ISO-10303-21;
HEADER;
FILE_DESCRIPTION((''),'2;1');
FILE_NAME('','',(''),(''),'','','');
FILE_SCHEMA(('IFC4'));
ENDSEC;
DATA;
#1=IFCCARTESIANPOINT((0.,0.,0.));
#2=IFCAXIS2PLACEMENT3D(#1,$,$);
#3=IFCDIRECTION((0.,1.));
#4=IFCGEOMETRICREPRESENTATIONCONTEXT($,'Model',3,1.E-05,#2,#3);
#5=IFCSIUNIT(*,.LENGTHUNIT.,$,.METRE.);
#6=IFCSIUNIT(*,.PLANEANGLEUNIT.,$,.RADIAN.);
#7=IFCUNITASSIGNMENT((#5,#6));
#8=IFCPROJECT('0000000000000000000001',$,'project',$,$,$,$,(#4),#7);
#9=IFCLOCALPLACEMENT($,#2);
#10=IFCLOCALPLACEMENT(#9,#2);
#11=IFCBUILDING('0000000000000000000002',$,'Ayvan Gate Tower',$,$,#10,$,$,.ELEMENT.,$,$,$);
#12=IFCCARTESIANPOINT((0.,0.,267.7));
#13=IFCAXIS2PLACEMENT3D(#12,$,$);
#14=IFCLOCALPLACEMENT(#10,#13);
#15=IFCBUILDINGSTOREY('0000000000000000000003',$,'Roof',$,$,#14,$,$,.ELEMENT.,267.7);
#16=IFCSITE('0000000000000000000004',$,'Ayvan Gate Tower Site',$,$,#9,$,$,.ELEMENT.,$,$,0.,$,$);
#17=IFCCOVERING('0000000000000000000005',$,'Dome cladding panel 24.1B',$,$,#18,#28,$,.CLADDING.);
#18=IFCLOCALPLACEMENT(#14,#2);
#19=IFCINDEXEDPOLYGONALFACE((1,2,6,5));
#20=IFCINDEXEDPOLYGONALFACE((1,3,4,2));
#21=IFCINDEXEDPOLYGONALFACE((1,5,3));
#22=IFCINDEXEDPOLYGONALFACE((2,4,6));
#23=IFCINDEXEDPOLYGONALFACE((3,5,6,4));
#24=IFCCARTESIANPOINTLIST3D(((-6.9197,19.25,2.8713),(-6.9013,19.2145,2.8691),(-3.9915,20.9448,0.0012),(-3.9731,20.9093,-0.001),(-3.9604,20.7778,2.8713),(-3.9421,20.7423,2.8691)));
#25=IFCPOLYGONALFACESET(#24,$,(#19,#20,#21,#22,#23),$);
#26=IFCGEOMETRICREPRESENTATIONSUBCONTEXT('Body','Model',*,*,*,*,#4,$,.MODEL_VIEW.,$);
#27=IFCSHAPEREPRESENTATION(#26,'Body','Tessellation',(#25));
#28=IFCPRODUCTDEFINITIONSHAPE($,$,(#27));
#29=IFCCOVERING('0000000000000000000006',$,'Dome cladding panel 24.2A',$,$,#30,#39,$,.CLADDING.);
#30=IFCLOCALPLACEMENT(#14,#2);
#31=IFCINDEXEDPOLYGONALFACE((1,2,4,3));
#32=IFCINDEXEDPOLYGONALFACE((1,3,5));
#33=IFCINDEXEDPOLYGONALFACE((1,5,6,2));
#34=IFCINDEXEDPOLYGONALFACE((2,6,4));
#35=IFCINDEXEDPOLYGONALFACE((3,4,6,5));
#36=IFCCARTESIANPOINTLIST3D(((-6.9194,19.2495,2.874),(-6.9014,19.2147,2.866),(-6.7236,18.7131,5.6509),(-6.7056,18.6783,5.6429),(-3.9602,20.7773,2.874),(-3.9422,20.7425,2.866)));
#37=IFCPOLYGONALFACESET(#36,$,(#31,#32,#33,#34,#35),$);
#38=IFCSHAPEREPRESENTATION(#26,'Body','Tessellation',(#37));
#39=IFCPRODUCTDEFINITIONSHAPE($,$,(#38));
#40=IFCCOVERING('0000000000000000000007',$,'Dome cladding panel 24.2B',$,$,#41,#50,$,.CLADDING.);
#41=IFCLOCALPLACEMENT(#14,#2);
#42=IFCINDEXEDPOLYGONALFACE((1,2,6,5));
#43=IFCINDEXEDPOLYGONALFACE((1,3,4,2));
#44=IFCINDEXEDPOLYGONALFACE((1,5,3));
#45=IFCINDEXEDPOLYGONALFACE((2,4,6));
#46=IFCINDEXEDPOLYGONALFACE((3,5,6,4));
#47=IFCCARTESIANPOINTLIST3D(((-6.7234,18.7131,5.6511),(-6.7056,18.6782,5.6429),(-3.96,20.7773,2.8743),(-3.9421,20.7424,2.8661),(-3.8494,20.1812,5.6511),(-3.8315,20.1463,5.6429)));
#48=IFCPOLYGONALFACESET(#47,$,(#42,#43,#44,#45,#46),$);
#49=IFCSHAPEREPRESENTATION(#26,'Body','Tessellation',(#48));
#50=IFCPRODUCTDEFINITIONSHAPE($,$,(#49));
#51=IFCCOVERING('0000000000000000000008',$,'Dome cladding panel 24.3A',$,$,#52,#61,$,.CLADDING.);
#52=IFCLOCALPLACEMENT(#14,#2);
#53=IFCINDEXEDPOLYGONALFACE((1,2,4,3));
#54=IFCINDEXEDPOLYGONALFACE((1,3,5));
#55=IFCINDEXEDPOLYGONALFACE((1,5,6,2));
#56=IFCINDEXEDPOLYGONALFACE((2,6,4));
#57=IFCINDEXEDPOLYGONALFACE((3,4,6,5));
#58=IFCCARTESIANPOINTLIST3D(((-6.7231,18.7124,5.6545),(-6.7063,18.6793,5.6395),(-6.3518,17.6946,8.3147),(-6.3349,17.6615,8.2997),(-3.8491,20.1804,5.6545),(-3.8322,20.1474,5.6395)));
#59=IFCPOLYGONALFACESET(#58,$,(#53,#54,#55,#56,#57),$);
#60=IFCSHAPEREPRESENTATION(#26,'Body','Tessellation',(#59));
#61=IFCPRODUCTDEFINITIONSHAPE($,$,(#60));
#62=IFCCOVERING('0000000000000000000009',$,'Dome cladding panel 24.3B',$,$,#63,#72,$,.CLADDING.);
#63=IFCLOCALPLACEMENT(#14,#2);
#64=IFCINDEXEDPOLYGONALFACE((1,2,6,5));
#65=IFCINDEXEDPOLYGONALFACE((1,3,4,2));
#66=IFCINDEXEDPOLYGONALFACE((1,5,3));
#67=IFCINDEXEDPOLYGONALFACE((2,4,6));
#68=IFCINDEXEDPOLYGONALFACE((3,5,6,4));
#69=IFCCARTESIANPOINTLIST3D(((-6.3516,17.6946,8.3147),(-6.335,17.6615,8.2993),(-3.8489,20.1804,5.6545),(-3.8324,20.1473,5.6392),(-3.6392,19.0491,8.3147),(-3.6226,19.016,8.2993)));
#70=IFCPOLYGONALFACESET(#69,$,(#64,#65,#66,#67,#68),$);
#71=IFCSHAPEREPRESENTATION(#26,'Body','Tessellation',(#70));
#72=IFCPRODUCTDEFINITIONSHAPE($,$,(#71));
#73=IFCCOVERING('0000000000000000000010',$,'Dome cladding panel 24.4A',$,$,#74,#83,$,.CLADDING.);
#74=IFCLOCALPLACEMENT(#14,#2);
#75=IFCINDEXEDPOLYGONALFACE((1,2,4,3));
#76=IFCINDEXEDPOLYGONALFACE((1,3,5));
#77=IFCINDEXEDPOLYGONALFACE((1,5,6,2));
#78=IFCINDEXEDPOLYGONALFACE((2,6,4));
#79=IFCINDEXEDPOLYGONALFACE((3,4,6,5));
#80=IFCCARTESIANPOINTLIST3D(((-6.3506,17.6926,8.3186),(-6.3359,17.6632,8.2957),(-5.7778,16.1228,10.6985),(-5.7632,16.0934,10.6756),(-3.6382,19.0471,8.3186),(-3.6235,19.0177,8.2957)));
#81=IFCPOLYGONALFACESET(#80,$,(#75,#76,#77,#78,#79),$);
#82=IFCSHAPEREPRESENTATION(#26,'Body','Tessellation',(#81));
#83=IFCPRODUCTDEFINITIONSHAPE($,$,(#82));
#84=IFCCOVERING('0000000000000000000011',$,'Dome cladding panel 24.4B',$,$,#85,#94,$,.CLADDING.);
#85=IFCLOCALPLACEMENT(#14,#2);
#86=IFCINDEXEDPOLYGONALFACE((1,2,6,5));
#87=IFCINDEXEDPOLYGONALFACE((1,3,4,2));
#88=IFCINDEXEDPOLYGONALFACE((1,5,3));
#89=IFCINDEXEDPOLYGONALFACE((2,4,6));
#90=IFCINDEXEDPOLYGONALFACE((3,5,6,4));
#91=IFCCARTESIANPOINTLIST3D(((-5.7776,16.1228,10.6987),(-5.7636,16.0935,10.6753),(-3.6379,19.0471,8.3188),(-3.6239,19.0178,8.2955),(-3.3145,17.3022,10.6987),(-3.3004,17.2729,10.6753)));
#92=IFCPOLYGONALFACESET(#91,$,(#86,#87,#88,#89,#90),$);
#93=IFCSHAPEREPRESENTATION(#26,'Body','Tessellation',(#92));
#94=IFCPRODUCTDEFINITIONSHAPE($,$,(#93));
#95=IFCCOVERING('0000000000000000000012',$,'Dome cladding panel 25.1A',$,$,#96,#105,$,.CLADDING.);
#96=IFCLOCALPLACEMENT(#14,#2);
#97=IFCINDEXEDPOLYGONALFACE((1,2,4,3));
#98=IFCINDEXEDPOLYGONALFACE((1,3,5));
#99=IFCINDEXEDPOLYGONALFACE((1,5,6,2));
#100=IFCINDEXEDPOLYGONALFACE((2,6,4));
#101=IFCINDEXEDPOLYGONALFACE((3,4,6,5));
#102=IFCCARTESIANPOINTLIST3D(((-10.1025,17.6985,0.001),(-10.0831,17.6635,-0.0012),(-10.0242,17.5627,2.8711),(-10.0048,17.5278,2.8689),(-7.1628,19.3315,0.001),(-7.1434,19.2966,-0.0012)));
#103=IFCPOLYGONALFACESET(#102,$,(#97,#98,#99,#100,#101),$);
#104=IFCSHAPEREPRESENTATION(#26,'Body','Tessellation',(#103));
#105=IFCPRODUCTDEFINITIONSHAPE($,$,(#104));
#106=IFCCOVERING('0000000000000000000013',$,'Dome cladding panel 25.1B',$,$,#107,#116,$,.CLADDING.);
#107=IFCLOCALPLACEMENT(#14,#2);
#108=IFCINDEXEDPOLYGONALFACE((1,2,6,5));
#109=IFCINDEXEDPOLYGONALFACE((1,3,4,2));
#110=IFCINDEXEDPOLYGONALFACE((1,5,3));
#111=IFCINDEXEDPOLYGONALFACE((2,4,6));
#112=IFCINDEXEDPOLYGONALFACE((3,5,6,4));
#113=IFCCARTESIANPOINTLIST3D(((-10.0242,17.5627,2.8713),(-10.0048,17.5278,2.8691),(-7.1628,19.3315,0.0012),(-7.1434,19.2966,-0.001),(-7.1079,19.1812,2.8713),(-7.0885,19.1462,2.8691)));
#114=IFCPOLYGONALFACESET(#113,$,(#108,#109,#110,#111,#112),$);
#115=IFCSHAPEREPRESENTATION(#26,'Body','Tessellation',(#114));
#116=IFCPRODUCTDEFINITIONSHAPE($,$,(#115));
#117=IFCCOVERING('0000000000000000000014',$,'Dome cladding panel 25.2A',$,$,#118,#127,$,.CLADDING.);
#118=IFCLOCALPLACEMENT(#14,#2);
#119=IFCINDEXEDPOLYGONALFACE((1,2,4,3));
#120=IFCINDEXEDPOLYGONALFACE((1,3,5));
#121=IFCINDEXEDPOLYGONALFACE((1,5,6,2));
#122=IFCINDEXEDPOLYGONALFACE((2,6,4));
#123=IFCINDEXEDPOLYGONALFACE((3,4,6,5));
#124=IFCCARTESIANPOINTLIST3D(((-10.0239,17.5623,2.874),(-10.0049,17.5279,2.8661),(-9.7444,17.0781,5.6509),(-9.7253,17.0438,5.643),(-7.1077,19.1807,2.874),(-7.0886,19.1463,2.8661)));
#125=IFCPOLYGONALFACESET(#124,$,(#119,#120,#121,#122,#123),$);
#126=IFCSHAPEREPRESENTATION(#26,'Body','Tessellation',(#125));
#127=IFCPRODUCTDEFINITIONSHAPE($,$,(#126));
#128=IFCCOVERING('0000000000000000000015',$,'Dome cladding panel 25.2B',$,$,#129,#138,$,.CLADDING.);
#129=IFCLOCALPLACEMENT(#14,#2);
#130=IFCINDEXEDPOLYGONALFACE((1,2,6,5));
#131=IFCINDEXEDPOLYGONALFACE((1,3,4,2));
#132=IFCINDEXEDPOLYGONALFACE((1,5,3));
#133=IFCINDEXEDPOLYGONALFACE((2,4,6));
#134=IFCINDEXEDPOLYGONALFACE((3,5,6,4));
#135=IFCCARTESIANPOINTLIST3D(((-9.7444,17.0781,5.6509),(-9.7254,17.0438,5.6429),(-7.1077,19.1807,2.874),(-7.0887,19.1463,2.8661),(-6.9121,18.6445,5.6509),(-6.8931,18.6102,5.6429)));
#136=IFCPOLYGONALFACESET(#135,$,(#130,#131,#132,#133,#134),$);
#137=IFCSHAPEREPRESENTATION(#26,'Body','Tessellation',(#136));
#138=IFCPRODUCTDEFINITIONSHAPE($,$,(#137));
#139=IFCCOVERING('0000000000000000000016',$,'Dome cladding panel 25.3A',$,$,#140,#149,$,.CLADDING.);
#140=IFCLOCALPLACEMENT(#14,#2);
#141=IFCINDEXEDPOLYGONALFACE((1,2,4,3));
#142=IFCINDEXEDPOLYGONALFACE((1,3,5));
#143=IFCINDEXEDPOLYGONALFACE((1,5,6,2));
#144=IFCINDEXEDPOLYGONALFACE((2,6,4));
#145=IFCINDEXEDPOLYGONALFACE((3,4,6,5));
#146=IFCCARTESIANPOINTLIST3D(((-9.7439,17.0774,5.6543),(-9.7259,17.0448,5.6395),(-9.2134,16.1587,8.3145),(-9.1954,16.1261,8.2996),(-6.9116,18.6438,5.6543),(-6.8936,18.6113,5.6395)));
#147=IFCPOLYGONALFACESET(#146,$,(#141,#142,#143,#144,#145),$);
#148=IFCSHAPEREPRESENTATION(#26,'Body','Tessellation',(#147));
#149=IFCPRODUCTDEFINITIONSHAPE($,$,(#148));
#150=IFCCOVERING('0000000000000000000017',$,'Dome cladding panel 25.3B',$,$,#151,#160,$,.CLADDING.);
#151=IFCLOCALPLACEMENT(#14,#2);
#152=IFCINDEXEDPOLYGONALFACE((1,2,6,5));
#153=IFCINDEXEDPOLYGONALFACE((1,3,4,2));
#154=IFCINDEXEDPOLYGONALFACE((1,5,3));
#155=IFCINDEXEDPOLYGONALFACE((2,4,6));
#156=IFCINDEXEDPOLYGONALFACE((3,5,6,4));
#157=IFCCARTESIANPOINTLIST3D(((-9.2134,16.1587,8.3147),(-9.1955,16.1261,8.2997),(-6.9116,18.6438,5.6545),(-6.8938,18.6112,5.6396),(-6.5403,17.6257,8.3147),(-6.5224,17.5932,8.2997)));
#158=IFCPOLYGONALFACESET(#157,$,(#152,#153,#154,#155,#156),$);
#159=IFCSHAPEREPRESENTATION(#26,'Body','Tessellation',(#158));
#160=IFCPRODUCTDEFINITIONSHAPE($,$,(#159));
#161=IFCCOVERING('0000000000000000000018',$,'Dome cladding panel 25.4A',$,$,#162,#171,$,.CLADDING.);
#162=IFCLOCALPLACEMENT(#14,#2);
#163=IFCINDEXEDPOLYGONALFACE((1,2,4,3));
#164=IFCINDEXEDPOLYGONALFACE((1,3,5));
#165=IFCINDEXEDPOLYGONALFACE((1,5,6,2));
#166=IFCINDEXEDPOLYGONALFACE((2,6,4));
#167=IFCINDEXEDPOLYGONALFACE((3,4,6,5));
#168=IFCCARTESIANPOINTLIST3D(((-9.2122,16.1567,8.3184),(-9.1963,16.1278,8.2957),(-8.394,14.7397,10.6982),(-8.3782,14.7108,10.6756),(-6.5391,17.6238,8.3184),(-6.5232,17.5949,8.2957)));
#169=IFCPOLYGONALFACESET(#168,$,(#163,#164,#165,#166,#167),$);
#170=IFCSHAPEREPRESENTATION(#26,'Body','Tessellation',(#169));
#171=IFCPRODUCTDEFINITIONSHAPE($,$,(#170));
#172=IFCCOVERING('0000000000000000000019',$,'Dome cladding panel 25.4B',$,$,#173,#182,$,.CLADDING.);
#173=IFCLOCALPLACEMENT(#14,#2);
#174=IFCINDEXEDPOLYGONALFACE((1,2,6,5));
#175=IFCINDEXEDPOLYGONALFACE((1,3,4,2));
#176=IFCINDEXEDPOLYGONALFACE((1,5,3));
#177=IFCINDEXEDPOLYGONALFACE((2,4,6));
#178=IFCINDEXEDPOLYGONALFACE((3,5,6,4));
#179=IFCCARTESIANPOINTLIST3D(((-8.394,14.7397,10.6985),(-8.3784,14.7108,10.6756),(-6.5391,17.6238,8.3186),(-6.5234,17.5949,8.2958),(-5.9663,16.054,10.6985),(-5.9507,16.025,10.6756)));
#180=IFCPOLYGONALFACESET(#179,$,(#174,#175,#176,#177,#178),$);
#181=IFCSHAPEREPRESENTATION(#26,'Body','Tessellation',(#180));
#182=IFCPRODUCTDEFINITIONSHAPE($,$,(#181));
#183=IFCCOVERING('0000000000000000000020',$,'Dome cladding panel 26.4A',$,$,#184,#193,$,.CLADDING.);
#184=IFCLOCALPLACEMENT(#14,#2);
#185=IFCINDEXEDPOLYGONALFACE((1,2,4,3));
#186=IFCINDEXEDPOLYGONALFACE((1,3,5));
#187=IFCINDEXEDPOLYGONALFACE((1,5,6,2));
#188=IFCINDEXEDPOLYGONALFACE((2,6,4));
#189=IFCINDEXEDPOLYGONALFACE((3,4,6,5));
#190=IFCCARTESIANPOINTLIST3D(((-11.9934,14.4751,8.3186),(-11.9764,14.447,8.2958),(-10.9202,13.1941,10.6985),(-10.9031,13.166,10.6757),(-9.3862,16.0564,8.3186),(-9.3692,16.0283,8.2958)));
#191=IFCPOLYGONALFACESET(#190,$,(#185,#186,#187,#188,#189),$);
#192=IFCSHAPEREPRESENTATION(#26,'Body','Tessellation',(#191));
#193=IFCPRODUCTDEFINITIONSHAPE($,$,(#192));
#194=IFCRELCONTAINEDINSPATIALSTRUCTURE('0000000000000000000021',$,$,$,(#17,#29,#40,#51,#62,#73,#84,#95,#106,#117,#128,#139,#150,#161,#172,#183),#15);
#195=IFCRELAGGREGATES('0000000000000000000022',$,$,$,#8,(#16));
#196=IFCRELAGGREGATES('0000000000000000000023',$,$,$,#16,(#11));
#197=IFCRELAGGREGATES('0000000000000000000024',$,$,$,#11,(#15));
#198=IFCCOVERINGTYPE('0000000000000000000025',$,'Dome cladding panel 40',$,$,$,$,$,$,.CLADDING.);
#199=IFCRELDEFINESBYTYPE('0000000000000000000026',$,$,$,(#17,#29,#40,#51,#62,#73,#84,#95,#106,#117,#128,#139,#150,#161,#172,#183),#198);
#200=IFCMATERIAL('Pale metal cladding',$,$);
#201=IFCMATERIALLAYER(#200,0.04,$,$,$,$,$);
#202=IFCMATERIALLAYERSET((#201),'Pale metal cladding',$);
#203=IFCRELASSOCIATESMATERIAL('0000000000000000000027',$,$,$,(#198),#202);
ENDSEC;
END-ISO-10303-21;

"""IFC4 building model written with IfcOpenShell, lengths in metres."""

from ifc_helpers import new_model, si_unit, direction, frame, origin, place, context, subcontext, project, spatial, polyline, outline, extrude, material, layer, layer_set, type_object, element, save


model = new_model("IFC4")

# Units and contexts
model_context = context("Model", 3, precision=1e-05, world=origin(), true_north=direction((0.0, 1.0)))
body_context = subcontext(model_context, "Body", "Model", "MODEL_VIEW")
ifc_project = project(units=[si_unit("LENGTHUNIT", "METRE"), si_unit("PLANEANGLEUNIT", "RADIAN")], contexts=[model_context])

# Site, building, storey
site_placement = place(None, origin())
site = spatial("IfcSite", under=ifc_project, at=site_placement, Name="Ayvan Gate Tower Site", CompositionType="ELEMENT", RefElevation=0.0)
building_placement = place(site_placement, origin())
building = spatial("IfcBuilding", under=site, at=building_placement, Name="Ayvan Gate Tower", CompositionType="ELEMENT")
storey_placement = place(building_placement, frame((0.0, 0.0, 267.7)))
storey = spatial("IfcBuildingStorey", under=building, at=storey_placement, Name="Roof", CompositionType="ELEMENT", Elevation=267.7)

# Coverings
ifc_material_1 = material(Name="Pale metal cladding")
ifc_layer_1 = layer(ifc_material_1, 0.04)
ifc_layer_set_1 = layer_set([ifc_layer_1], Name="Pale metal cladding")
covering_type = type_object("IfcCoveringType", Name="Dome cladding panel 40", PredefinedType="CLADDING", material=ifc_layer_set_1)
covering_1_placement = place(storey_placement, frame((-3.9915, 20.9448, 0.0012), z_axis=(-0.458024, 0.887138, 0.056564), x_axis=(-0.659997, -0.381999, 0.646901)))
element("IfcCovering", 1, at=covering_1_placement, inside=storey, type_object=covering_type, Name="Dome cladding panel 24.1B", PredefinedType="CLADDING", context=body_context, shape_type="SweptSolid", body=[
    extrude(outline(polyline([(0.0, 0.0), (4.4367, 0.0), (1.9, 2.1579), (0.0, 0.0)])), origin(), (0.0, 0.0, -1.0), 0.04),
])
covering_2_placement = place(storey_placement, frame((-3.9602, 20.7773, 2.874), z_axis=(-0.449502, 0.870633, 0.199866), x_axis=(-0.888561, -0.458759, 0.0)))
element("IfcCovering", 2, at=covering_2_placement, inside=storey, type_object=covering_type, Name="Dome cladding panel 24.2A", PredefinedType="CLADDING", context=body_context, shape_type="SweptSolid", body=[
    extrude(outline(polyline([(0.0, 0.0), (3.3304, 0.0), (3.4024, 2.834), (0.0, 0.0)])), origin(), (0.0, 0.0, -1.0), 0.04),
])
covering_3_placement = place(storey_placement, frame((-3.96, 20.7773, 2.8743), z_axis=(-0.445234, 0.87166, 0.204878), x_axis=(-0.624061, -0.466157, 0.627093)))
element("IfcCovering", 3, at=covering_3_placement, inside=storey, type_object=covering_type, Name="Dome cladding panel 24.2B", PredefinedType="CLADDING", context=body_context, shape_type="SweptSolid", body=[
    extrude(outline(polyline([(0.0, 0.0), (4.4281, 0.0), (1.9502, 2.0676), (0.0, 0.0)])), origin(), (0.0, 0.0, -1.0), 0.04),
])
covering_4_placement = place(storey_placement, frame((-3.8491, 20.1804, 5.6545), z_axis=(-0.421729, 0.825644, 0.374776), x_axis=(-0.890551, -0.454883, 0.0)))
element("IfcCovering", 4, at=covering_4_placement, inside=storey, type_object=covering_type, Name="Dome cladding panel 24.3A", PredefinedType="CLADDING", context=body_context, shape_type="SweptSolid", body=[
    extrude(outline(polyline([(0.0, 0.0), (3.2272, 0.0), (3.3595, 2.8693), (0.0, 0.0)])), origin(), (0.0, 0.0, -1.0), 0.04),
])
covering_5_placement = place(storey_placement, frame((-3.8489, 20.1804, 5.6545), z_axis=(-0.412536, 0.826113, 0.383863), x_axis=(-0.566467, -0.562654, 0.602109)))
element("IfcCovering", 5, at=covering_5_placement, inside=storey, type_object=covering_type, Name="Dome cladding panel 24.3B", PredefinedType="CLADDING", context=body_context, shape_type="SweptSolid", body=[
    extrude(outline(polyline([(0.0, 0.0), (4.4181, 0.0), (2.1195, 1.9769), (0.0, 0.0)])), origin(), (0.0, 0.0, -1.0), 0.04),
])
covering_6_placement = place(storey_placement, frame((-3.6382, 19.0471, 8.3186), z_axis=(-0.366406, 0.733736, 0.57217), x_axis=(-0.894653, -0.446763, 0.0)))
element("IfcCovering", 6, at=covering_6_placement, inside=storey, type_object=covering_type, Name="Dome cladding panel 24.4A", PredefinedType="CLADDING", context=body_context, shape_type="SweptSolid", body=[
    extrude(outline(polyline([(0.0, 0.0), (3.0318, 0.0), (3.2207, 2.9018), (0.0, 0.0)])), origin(), (0.0, 0.0, -1.0), 0.04),
])
covering_7_placement = place(storey_placement, frame((-3.6379, 19.0471, 8.3188), z_axis=(-0.350489, 0.731956, 0.584293), x_axis=(-0.493558, -0.674559, 0.548973)))
element("IfcCovering", 7, at=covering_7_placement, inside=storey, type_object=covering_type, Name="Dome cladding panel 24.4B", PredefinedType="CLADDING", context=body_context, shape_type="SweptSolid", body=[
    extrude(outline(polyline([(0.0, 0.0), (4.3352, 0.0), (2.3239, 1.8474), (0.0, 0.0)])), origin(), (0.0, 0.0, -1.0), 0.04),
])
covering_8_placement = place(storey_placement, frame((-7.1628, 19.3315, 0.001), z_axis=(-0.484896, 0.872871, 0.054523), x_axis=(-0.874171, -0.485618, 0.0)))
element("IfcCovering", 8, at=covering_8_placement, inside=storey, type_object=covering_type, Name="Dome cladding panel 25.1A", PredefinedType="CLADDING", context=body_context, shape_type="SweptSolid", body=[
    extrude(outline(polyline([(0.0, 0.0), (3.3628, 0.0), (3.3603, 2.8744), (0.0, 0.0)])), origin(), (0.0, 0.0, -1.0), 0.04),
])
covering_9_placement = place(storey_placement, frame((-7.1628, 19.3315, 0.0012), z_axis=(-0.48451, 0.873054, 0.05502), x_axis=(-0.647077, -0.400007, 0.649065)))
element("IfcCovering", 9, at=covering_9_placement, inside=storey, type_object=covering_type, Name="Dome cladding panel 25.1B", PredefinedType="CLADDING", context=body_context, shape_type="SweptSolid", body=[
    extrude(outline(polyline([(0.0, 0.0), (4.4219, 0.0), (1.8875, 2.1681), (0.0, 0.0)])), origin(), (0.0, 0.0, -1.0), 0.04),
])
covering_10_placement = place(storey_placement, frame((-7.1077, 19.1807, 2.874), z_axis=(-0.475703, 0.857185, 0.197334), x_axis=(-0.874378, -0.485245, 0.0)))
element("IfcCovering", 10, at=covering_10_placement, inside=storey, type_object=covering_type, Name="Dome cladding panel 25.2A", PredefinedType="CLADDING", context=body_context, shape_type="SweptSolid", body=[
    extrude(outline(polyline([(0.0, 0.0), (3.3352, 0.0), (3.3257, 2.8326), (0.0, 0.0)])), origin(), (0.0, 0.0, -1.0), 0.04),
])
covering_11_placement = place(storey_placement, frame((-7.1077, 19.1807, 2.874), z_axis=(-0.474293, 0.857586, 0.198977), x_axis=(-0.603574, -0.481294, 0.635653)))
element("IfcCovering", 11, at=covering_11_placement, inside=storey, type_object=covering_type, Name="Dome cladding panel 25.2B", PredefinedType="CLADDING", context=body_context, shape_type="SweptSolid", body=[
    extrude(outline(polyline([(0.0, 0.0), (4.3685, 0.0), (1.9051, 2.0993), (0.0, 0.0)])), origin(), (0.0, 0.0, -1.0), 0.04),
])
covering_12_placement = place(storey_placement, frame((-6.9116, 18.6438, 5.6543), z_axis=(-0.449551, 0.81285, 0.370377), x_axis=(-0.875084, -0.48397, 0.0)))
element("IfcCovering", 12, at=covering_12_placement, inside=storey, type_object=covering_type, Name="Dome cladding panel 25.3A", PredefinedType="CLADDING", context=body_context, shape_type="SweptSolid", body=[
    extrude(outline(polyline([(0.0, 0.0), (3.2366, 0.0), (3.217, 2.8638), (0.0, 0.0)])), origin(), (0.0, 0.0, -1.0), 0.04),
])
covering_13_placement = place(storey_placement, frame((-6.9116, 18.6438, 5.6545), z_axis=(-0.4463, 0.813203, 0.37352), x_axis=(-0.534422, -0.576992, 0.617635)))
element("IfcCovering", 13, at=covering_13_placement, inside=storey, type_object=covering_type, Name="Dome cladding panel 25.3B", PredefinedType="CLADDING", context=body_context, shape_type="SweptSolid", body=[
    extrude(outline(polyline([(0.0, 0.0), (4.307, 0.0), (2.032, 2.0302), (0.0, 0.0)])), origin(), (0.0, 0.0, -1.0), 0.04),
])
covering_14_placement = place(storey_placement, frame((-6.5391, 17.6238, 8.3184), z_axis=(-0.396492, 0.722448, 0.566448), x_axis=(-0.876653, -0.481122, 0.0)))
element("IfcCovering", 14, at=covering_14_placement, inside=storey, type_object=covering_type, Name="Dome cladding panel 25.4A", PredefinedType="CLADDING", context=body_context, shape_type="SweptSolid", body=[
    extrude(outline(polyline([(0.0, 0.0), (3.0492, 0.0), (3.0137, 2.8879), (0.0, 0.0)])), origin(), (0.0, 0.0, -1.0), 0.04),
])
covering_15_placement = place(storey_placement, frame((-6.5391, 17.6238, 8.3186), z_axis=(-0.390979, 0.722255, 0.570511), x_axis=(-0.444411, -0.690949, 0.570166)))
element("IfcCovering", 15, at=covering_15_placement, inside=storey, type_object=covering_type, Name="Dome cladding panel 25.4B", PredefinedType="CLADDING", context=body_context, shape_type="SweptSolid", body=[
    extrude(outline(polyline([(0.0, 0.0), (4.174, 0.0), (2.1871, 1.9165), (0.0, 0.0)])), origin(), (0.0, 0.0, -1.0), 0.04),
])
covering_16_placement = place(storey_placement, frame((-9.3862, 16.0564, 8.3186), z_axis=(-0.426022, 0.702407, 0.570201), x_axis=(-0.855025, -0.518587, 0.0)))
element("IfcCovering", 16, at=covering_16_placement, inside=storey, type_object=covering_type, Name="Dome cladding panel 26.4A", PredefinedType="CLADDING", context=body_context, shape_type="SweptSolid", body=[
    extrude(outline(polyline([(0.0, 0.0), (3.0492, 0.0), (2.7959, 2.897), (0.0, 0.0)])), origin(), (0.0, 0.0, -1.0), 0.04),
])

save(model, "model.ifc")
